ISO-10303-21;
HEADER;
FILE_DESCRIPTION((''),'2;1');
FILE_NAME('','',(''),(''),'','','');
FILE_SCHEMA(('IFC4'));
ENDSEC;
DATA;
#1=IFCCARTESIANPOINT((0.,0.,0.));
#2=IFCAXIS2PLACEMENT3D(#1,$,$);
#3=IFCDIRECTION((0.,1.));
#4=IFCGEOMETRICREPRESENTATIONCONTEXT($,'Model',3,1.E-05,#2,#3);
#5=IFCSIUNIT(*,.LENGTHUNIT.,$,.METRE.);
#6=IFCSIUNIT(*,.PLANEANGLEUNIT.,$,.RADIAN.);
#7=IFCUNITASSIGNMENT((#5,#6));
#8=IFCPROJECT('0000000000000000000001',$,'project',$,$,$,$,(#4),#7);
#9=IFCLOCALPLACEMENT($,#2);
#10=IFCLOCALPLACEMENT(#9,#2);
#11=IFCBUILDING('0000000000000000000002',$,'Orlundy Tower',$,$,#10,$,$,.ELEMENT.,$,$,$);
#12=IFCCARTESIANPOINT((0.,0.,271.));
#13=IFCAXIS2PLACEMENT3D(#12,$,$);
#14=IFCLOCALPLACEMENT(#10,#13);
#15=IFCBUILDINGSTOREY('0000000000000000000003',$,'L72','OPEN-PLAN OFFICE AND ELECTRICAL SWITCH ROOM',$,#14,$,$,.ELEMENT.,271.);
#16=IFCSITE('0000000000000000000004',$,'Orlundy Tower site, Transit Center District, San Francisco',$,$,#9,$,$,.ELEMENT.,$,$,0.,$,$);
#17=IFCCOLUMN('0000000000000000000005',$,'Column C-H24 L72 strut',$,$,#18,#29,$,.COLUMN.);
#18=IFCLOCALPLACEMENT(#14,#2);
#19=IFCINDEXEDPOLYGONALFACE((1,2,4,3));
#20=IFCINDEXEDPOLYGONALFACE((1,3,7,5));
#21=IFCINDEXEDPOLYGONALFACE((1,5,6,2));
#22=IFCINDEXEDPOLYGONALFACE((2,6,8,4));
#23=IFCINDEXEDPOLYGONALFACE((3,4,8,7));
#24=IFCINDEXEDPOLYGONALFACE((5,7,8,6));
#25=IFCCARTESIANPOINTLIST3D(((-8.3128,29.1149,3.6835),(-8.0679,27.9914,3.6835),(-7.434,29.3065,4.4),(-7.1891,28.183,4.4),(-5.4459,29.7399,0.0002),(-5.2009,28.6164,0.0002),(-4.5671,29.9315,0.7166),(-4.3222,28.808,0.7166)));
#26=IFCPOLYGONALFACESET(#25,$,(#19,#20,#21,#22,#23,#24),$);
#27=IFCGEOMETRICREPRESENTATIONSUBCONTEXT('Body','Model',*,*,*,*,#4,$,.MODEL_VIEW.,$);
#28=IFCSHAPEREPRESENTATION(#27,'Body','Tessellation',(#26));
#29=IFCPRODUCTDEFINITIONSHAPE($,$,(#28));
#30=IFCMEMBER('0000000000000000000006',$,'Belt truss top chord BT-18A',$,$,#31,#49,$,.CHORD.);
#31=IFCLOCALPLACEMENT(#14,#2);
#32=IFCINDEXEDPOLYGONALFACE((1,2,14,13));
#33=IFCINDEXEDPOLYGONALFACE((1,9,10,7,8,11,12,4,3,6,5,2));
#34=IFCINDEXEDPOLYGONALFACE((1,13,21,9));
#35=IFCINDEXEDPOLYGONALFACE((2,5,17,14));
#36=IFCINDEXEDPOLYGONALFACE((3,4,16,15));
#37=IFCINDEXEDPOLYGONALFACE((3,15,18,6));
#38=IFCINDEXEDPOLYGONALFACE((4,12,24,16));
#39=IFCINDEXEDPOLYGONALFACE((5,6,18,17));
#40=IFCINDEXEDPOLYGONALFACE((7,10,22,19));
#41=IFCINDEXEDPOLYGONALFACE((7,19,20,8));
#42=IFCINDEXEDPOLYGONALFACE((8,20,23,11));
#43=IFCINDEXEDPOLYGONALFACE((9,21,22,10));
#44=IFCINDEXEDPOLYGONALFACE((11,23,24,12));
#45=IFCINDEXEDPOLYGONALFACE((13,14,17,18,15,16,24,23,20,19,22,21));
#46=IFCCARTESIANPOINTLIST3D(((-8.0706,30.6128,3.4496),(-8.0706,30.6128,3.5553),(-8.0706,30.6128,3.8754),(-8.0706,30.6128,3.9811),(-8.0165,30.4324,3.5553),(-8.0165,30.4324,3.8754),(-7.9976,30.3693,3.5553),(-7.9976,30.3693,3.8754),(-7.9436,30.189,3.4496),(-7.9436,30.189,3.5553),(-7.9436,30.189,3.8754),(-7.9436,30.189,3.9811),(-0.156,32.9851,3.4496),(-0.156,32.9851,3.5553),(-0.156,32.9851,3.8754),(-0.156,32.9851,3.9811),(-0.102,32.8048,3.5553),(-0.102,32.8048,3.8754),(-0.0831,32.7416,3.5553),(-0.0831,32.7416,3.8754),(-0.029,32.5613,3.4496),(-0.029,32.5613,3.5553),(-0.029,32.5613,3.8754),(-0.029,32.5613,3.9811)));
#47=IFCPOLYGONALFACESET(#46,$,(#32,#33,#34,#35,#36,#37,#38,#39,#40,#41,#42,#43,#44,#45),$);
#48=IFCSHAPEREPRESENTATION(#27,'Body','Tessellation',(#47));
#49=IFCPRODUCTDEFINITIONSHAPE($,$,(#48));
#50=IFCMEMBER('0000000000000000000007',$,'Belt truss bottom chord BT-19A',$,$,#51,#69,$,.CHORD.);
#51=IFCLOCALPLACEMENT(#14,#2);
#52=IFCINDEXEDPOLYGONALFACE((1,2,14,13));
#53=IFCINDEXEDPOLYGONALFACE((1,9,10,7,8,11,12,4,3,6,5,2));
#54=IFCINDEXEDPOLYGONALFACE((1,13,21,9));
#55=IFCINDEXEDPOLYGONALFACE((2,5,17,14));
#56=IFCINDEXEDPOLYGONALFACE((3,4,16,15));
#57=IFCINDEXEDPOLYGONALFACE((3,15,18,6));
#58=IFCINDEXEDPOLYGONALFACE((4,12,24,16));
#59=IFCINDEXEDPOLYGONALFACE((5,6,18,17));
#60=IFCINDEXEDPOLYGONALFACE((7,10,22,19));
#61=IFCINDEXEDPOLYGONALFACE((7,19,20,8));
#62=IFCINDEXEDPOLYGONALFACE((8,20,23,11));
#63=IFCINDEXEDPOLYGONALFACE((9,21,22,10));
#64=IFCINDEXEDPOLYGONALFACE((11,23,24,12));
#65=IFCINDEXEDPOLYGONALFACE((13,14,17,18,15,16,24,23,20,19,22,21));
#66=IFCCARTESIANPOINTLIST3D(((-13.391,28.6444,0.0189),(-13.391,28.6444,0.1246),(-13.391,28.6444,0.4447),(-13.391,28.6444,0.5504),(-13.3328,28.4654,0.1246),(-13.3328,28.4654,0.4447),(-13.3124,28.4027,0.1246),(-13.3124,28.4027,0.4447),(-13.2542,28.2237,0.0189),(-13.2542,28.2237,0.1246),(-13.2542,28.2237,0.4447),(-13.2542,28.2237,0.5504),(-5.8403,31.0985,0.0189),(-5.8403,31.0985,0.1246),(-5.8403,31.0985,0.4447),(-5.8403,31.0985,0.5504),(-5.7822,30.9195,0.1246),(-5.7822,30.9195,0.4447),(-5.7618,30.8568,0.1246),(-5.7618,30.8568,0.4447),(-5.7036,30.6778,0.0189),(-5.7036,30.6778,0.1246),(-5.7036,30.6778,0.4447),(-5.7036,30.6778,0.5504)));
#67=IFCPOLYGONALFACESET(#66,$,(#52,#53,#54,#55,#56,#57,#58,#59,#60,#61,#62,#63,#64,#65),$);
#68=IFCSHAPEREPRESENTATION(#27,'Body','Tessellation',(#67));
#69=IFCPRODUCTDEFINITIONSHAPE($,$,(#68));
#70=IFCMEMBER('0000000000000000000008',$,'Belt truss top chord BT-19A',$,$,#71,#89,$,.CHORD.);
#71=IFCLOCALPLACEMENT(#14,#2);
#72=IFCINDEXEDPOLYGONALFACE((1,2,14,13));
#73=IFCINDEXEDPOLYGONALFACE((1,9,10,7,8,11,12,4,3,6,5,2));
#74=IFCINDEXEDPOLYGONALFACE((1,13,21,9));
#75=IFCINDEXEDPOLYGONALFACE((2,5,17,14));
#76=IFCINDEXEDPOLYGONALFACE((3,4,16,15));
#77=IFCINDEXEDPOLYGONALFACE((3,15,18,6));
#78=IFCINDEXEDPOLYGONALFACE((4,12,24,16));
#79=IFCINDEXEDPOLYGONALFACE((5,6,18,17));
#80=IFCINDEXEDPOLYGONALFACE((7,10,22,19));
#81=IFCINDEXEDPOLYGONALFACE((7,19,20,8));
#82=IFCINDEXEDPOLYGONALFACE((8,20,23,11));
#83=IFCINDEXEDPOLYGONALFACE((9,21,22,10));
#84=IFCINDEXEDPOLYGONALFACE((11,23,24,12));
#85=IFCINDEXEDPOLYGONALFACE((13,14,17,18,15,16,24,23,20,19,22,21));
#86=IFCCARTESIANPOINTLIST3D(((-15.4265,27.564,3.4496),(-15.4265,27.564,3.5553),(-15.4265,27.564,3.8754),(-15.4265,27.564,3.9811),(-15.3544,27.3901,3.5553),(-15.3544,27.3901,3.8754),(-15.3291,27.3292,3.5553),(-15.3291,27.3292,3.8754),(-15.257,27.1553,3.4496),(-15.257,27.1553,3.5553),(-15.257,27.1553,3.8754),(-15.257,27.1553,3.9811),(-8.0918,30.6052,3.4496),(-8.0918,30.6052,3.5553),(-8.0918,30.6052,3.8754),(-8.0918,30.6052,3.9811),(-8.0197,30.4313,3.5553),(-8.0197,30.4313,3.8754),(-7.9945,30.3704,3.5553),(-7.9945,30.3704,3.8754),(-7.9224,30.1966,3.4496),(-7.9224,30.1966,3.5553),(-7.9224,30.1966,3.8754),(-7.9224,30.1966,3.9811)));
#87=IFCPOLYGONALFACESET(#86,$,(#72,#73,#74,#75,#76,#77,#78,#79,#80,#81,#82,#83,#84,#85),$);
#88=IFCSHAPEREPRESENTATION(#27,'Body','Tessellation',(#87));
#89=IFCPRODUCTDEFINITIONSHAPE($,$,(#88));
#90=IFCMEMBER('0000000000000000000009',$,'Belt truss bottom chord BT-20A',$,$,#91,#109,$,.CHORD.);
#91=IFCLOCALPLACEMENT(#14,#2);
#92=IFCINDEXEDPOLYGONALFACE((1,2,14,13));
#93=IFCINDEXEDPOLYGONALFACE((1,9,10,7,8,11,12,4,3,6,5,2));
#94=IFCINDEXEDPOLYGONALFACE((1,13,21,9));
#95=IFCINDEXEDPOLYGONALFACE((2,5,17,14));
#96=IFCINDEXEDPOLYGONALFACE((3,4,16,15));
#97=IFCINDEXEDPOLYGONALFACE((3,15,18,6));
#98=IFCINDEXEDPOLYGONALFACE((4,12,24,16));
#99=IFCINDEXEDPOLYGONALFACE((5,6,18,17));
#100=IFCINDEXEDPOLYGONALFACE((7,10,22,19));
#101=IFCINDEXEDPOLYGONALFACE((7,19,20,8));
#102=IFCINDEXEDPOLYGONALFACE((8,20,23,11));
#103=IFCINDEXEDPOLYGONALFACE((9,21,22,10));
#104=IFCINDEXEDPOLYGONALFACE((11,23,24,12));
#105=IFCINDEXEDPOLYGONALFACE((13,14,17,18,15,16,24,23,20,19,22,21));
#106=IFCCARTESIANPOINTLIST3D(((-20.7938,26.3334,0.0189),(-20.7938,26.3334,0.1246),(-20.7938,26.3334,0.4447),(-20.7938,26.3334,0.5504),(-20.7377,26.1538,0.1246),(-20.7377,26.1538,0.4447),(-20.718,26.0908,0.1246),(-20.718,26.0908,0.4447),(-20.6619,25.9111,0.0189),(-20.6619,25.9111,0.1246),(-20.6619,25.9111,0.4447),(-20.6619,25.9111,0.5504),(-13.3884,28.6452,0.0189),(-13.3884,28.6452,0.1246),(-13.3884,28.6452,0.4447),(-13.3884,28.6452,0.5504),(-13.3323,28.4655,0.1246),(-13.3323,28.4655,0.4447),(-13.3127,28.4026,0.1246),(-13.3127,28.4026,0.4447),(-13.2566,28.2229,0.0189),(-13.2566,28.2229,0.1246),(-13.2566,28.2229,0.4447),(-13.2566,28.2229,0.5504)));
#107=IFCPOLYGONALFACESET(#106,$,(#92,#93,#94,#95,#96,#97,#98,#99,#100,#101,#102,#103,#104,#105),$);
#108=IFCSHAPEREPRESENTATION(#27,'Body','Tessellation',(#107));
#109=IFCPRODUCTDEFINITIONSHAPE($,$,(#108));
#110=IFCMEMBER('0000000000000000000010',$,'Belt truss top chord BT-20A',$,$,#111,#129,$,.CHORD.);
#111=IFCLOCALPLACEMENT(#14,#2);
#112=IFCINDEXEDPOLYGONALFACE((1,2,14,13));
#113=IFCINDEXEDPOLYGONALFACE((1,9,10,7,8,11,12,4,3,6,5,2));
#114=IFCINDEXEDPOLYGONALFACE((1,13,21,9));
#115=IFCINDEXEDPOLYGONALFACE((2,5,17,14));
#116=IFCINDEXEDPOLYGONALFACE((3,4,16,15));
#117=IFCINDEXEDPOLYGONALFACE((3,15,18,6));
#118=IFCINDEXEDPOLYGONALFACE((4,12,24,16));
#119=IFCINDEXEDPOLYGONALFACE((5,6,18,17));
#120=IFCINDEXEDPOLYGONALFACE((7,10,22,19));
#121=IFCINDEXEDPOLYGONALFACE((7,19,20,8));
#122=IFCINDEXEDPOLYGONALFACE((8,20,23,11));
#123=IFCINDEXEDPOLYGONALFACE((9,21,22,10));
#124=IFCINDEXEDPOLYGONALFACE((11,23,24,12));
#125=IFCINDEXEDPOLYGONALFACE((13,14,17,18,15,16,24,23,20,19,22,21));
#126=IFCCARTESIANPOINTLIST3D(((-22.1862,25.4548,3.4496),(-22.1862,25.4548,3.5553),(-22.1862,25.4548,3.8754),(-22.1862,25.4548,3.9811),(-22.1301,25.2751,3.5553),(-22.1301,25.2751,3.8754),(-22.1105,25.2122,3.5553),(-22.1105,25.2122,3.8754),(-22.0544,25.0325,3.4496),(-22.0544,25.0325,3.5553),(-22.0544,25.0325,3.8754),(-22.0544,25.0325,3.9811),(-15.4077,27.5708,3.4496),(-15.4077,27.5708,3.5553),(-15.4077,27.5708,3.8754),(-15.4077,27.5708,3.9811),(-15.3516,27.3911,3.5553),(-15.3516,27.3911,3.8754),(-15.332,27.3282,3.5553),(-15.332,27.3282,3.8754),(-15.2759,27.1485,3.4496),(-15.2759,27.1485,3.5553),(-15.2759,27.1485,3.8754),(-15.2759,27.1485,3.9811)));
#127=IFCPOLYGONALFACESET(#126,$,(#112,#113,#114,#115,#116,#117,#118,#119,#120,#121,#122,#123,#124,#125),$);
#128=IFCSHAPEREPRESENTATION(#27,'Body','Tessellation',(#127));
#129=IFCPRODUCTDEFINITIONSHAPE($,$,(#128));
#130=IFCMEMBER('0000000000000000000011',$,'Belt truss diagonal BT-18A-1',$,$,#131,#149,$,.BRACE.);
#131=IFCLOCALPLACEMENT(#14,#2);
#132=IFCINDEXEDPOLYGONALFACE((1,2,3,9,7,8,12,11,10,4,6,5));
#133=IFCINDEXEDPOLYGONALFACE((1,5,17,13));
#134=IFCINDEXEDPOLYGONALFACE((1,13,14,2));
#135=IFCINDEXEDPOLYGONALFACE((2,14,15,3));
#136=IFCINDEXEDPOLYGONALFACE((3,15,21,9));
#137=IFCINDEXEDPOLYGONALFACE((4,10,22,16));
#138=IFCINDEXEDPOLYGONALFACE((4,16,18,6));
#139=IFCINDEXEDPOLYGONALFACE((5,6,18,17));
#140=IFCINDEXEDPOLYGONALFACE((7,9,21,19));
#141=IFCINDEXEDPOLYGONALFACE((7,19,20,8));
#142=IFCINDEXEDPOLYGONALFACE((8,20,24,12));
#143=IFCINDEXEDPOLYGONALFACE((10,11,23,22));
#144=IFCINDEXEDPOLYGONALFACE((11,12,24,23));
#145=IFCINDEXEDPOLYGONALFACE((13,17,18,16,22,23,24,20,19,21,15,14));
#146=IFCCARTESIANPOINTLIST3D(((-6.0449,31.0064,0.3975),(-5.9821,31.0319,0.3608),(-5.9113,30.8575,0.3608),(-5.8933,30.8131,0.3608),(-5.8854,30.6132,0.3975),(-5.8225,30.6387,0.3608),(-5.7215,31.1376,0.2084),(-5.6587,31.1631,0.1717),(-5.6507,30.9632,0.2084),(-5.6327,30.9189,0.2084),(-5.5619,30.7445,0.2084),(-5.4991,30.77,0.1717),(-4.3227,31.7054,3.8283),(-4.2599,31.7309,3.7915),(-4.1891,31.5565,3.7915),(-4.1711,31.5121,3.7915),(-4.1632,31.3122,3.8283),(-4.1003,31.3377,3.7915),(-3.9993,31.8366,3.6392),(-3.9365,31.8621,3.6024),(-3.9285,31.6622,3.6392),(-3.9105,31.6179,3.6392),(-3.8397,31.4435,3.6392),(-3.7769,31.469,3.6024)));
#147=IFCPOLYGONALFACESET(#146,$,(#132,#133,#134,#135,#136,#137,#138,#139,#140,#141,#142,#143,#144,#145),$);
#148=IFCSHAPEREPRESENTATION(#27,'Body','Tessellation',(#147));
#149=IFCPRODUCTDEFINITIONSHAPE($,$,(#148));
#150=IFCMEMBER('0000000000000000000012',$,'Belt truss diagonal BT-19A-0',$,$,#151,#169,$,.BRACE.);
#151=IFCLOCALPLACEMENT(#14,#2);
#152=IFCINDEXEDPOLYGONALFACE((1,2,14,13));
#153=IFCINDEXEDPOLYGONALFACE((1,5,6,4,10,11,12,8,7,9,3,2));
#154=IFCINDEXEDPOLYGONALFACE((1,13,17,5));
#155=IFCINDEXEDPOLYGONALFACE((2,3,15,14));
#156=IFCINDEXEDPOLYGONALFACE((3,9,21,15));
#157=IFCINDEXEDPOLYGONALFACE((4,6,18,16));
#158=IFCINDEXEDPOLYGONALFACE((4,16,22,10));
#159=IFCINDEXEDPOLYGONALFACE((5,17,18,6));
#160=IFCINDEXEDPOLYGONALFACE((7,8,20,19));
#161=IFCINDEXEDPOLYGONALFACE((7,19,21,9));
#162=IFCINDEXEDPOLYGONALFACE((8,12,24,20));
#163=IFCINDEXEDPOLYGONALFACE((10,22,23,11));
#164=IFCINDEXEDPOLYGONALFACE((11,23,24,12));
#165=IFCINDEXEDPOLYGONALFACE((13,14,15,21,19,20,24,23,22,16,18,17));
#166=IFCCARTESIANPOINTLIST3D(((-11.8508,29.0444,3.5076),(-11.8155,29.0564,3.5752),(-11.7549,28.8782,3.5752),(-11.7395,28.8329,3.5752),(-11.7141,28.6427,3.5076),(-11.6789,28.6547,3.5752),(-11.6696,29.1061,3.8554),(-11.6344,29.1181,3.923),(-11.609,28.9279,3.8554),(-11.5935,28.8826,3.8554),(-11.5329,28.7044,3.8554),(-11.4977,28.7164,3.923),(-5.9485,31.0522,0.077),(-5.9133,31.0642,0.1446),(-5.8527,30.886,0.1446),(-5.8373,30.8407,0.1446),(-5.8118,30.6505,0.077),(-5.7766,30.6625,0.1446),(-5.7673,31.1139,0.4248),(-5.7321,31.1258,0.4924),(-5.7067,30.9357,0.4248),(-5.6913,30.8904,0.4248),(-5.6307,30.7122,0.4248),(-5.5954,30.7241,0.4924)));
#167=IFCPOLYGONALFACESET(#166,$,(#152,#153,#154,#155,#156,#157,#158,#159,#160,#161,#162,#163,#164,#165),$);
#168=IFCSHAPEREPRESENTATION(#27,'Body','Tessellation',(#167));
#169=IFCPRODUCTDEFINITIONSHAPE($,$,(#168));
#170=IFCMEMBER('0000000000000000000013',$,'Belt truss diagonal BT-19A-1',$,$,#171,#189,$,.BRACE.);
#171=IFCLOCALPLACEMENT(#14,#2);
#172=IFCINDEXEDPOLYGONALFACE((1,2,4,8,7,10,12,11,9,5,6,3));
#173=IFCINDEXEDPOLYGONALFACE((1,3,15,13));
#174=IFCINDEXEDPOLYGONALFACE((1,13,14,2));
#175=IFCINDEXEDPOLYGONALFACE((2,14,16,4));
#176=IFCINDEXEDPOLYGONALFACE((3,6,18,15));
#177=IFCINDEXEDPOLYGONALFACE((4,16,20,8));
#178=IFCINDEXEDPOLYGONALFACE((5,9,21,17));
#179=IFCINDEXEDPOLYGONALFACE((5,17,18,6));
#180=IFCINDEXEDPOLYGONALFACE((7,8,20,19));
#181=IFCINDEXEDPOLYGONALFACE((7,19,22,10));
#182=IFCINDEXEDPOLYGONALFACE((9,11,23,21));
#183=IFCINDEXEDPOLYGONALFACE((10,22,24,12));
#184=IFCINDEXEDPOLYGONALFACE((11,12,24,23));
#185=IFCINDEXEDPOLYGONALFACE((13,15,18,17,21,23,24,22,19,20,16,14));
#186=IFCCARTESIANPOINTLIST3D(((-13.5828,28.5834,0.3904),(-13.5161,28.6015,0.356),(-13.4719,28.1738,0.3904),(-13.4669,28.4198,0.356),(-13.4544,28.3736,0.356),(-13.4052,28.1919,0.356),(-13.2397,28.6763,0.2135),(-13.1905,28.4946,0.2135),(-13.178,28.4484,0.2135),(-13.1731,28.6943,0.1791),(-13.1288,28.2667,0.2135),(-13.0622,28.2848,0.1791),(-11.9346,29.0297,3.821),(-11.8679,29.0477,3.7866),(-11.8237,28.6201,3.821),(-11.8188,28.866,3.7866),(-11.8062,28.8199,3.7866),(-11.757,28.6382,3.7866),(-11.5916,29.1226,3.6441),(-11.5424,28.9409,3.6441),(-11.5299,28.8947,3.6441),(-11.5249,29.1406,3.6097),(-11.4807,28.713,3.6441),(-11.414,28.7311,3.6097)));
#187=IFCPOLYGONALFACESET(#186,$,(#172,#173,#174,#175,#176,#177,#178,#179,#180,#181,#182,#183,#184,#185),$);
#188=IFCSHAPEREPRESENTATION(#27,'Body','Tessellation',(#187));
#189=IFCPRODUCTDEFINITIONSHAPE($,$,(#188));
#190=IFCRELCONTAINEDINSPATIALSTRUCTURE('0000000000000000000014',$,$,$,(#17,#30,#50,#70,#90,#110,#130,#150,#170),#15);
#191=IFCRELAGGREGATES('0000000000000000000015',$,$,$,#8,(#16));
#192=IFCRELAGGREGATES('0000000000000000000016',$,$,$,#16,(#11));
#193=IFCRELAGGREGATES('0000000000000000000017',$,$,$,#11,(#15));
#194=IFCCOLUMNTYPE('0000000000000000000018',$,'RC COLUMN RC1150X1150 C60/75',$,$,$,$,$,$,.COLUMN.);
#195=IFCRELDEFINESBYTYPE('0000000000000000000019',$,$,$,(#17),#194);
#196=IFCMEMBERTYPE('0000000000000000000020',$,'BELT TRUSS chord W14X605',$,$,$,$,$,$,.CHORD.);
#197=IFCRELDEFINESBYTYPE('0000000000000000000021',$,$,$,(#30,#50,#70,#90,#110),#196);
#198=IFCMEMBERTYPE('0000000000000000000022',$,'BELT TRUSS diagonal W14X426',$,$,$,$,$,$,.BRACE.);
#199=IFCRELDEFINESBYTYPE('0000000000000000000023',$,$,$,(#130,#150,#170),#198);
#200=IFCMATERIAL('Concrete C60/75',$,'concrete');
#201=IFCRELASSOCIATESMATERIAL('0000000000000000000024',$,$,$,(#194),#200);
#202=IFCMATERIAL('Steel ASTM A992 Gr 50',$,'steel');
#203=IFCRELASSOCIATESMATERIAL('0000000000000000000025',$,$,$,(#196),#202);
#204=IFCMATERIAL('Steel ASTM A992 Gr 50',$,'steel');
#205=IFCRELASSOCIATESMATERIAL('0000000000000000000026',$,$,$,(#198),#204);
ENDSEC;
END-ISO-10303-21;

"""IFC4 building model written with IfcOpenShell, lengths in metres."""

from ifc_helpers import new_model, si_unit, direction, frame, origin, origin_2d, place, context, subcontext, project, spatial, rectangle, i_section, extrude, material, material_profile, profile_set, type_object, element, save


model = new_model("IFC4")

# Units and contexts
model_context = context("Model", 3, precision=1e-05, world=origin(), true_north=direction((0.0, 1.0)))
body_context = subcontext(model_context, "Body", "Model", "MODEL_VIEW")
ifc_project = project(units=[si_unit("LENGTHUNIT", "METRE"), si_unit("PLANEANGLEUNIT", "RADIAN")], contexts=[model_context])

# Site, building, storey
site_placement = place(None, origin())
site = spatial("IfcSite", under=ifc_project, at=site_placement, Name="Orlundy Tower site, Transit Center District, San Francisco", CompositionType="ELEMENT", RefElevation=0.0)
building_placement = place(site_placement, origin())
building = spatial("IfcBuilding", under=site, at=building_placement, Name="Orlundy Tower", CompositionType="ELEMENT")
storey_placement = place(building_placement, frame((0.0, 0.0, 271.0)))
storey = spatial("IfcBuildingStorey", under=building, at=storey_placement, Name="L72", Description="OPEN-PLAN OFFICE AND ELECTRICAL SWITCH ROOM", CompositionType="ELEMENT", Elevation=271.0)

# Column
ifc_material_1 = material(Name="Concrete C60/75", Category="concrete")
ifc_material_profile_1 = material_profile(ifc_material_1, rectangle(XDim=1.1499, YDim=1.1499, at=origin_2d()), Name="RC1150X1150")
ifc_profile_set_1 = profile_set([ifc_material_profile_1], Name="Concrete C60/75")
column_type = type_object("IfcColumnType", Name="RC COLUMN RC1150X1150 C60/75", PredefinedType="COLUMN", material=ifc_profile_set_1)
column_placement = place(storey_placement, frame((-4.884, 29.2739, 0.3584), z_axis=(-0.60879, -0.132717, 0.782152), x_axis=(0.213, -0.977052, 0.0)))
element("IfcColumn", 1, at=column_placement, inside=storey, type_object=column_type, Name="Column C-H24 L72 strut", PredefinedType="COLUMN", context=body_context, shape_type="SweptSolid", body=[
    extrude(rectangle(XDim=1.1499, YDim=1.1499, at=origin_2d()), origin(), (0.0, 0.0, 1.0), 4.7092),
])

# Members
ifc_material_2 = material(Name="Steel ASTM A992 Gr 50", Category="steel")
ifc_material_profile_2 = material_profile(ifc_material_2, i_section(OverallWidth=0.4424, OverallDepth=0.5315, WebThickness=0.0659, FlangeThickness=0.1057, at=origin_2d()), Name="W14X605")
ifc_profile_set_2 = profile_set([ifc_material_profile_2], Name="Steel ASTM A992 Gr 50")
member_type_1 = type_object("IfcMemberType", Name="BELT TRUSS chord W14X605", PredefinedType="CHORD", material=ifc_profile_set_2)
member_1_placement = place(storey_placement, frame((-0.0925, 32.7732, 3.7153), z_axis=(-0.957895, -0.28712, 0.0), x_axis=(0.28712, -0.957895, 0.0)))
element("IfcMember", 2, at=member_1_placement, inside=storey, type_object=member_type_1, Name="Belt truss top chord BT-18A", PredefinedType="CHORD", context=body_context, shape_type="SweptSolid", body=[
    extrude(i_section(OverallWidth=0.4424, OverallDepth=0.5315, WebThickness=0.0659, FlangeThickness=0.1057, at=origin_2d()), origin(), (0.0, 0.0, 1.0), 8.2625),
])
member_2_placement = place(storey_placement, frame((-5.772, 30.8882, 0.2847), z_axis=(-0.951028, -0.309106, 0.0), x_axis=(0.309106, -0.951028, 0.0)))
element("IfcMember", 3, at=member_2_placement, inside=storey, type_object=member_type_1, Name="Belt truss bottom chord BT-19A", PredefinedType="CHORD", context=body_context, shape_type="SweptSolid", body=[
    extrude(i_section(OverallWidth=0.4424, OverallDepth=0.5315, WebThickness=0.0659, FlangeThickness=0.1057, at=origin_2d()), origin(), (0.0, 0.0, 1.0), 7.9395),
])
member_3_placement = place(storey_placement, frame((-8.0071, 30.4009, 3.7153), z_axis=(-0.923741, -0.383019, 0.0), x_axis=(0.383019, -0.923741, 0.0)))
element("IfcMember", 4, at=member_3_placement, inside=storey, type_object=member_type_1, Name="Belt truss top chord BT-19A", PredefinedType="CHORD", context=body_context, shape_type="SweptSolid", body=[
    extrude(i_section(OverallWidth=0.4424, OverallDepth=0.5315, WebThickness=0.0659, FlangeThickness=0.1057, at=origin_2d()), origin(), (0.0, 0.0, 1.0), 7.9402),
])
member_4_placement = place(storey_placement, frame((-13.3225, 28.4341, 0.2847), z_axis=(-0.954567, -0.297995, 0.0), x_axis=(0.297995, -0.954567, 0.0)))
element("IfcMember", 5, at=member_4_placement, inside=storey, type_object=member_type_1, Name="Belt truss bottom chord BT-20A", PredefinedType="CHORD", context=body_context, shape_type="SweptSolid", body=[
    extrude(i_section(OverallWidth=0.4424, OverallDepth=0.5315, WebThickness=0.0659, FlangeThickness=0.1057, at=origin_2d()), origin(), (0.0, 0.0, 1.0), 7.7578),
])
member_5_placement = place(storey_placement, frame((-15.3418, 27.3596, 3.7153), z_axis=(-0.954574, -0.297975, 0.0), x_axis=(0.297975, -0.954574, 0.0)))
element("IfcMember", 6, at=member_5_placement, inside=storey, type_object=member_type_1, Name="Belt truss top chord BT-20A", PredefinedType="CHORD", context=body_context, shape_type="SweptSolid", body=[
    extrude(i_section(OverallWidth=0.4424, OverallDepth=0.5315, WebThickness=0.0659, FlangeThickness=0.1057, at=origin_2d()), origin(), (0.0, 0.0, 1.0), 7.1011),
])
ifc_material_3 = material(Name="Steel ASTM A992 Gr 50", Category="steel")
ifc_material_profile_3 = material_profile(ifc_material_3, i_section(OverallWidth=0.4243, OverallDepth=0.4741, WebThickness=0.0479, FlangeThickness=0.0771, at=origin_2d()), Name="W14X426")
ifc_profile_set_3 = profile_set([ifc_material_profile_3], Name="Steel ASTM A992 Gr 50")
member_type_2 = type_object("IfcMemberType", Name="BELT TRUSS diagonal W14X426", PredefinedType="BRACE", material=ifc_profile_set_3)
member_6_placement = place(storey_placement, frame((-4.0498, 31.5872, 3.7153), z_axis=(-0.44138, -0.179143, -0.879256), x_axis=(0.376074, -0.92659, 0.0)))
element("IfcMember", 7, at=member_6_placement, inside=storey, type_object=member_type_2, Name="Belt truss diagonal BT-18A-1", PredefinedType="BRACE", context=body_context, shape_type="SweptSolid", body=[
    extrude(i_section(OverallWidth=0.4243, OverallDepth=0.4741, WebThickness=0.0479, FlangeThickness=0.0771, at=origin_2d()), origin(), (0.0, 0.0, 1.0), 3.9019),
])
member_7_placement = place(storey_placement, frame((-5.772, 30.8882, 0.2847), z_axis=(-0.829439, -0.282152, 0.482101), x_axis=(0.322049, -0.946723, 0.0)))
element("IfcMember", 8, at=member_7_placement, inside=storey, type_object=member_type_2, Name="Belt truss diagonal BT-19A-0", PredefinedType="BRACE", context=body_context, shape_type="SweptSolid", body=[
    extrude(i_section(OverallWidth=0.4243, OverallDepth=0.4741, WebThickness=0.0479, FlangeThickness=0.0771, at=origin_2d()), origin(), (0.0, 0.0, 1.0), 7.116),
])
member_8_placement = place(storey_placement, frame((-11.6743, 28.8804, 3.7153), z_axis=(-0.430099, -0.11646, -0.895238), x_axis=(0.261363, -0.965241, 0.0)))
element("IfcMember", 9, at=member_8_placement, inside=storey, type_object=member_type_2, Name="Belt truss diagonal BT-19A-1", PredefinedType="BRACE", context=body_context, shape_type="SweptSolid", body=[
    extrude(i_section(OverallWidth=0.4243, OverallDepth=0.4741, WebThickness=0.0479, FlangeThickness=0.0771, at=origin_2d()), origin(), (0.0, 0.0, 1.0), 3.832),
])

save(model, "model.ifc")
